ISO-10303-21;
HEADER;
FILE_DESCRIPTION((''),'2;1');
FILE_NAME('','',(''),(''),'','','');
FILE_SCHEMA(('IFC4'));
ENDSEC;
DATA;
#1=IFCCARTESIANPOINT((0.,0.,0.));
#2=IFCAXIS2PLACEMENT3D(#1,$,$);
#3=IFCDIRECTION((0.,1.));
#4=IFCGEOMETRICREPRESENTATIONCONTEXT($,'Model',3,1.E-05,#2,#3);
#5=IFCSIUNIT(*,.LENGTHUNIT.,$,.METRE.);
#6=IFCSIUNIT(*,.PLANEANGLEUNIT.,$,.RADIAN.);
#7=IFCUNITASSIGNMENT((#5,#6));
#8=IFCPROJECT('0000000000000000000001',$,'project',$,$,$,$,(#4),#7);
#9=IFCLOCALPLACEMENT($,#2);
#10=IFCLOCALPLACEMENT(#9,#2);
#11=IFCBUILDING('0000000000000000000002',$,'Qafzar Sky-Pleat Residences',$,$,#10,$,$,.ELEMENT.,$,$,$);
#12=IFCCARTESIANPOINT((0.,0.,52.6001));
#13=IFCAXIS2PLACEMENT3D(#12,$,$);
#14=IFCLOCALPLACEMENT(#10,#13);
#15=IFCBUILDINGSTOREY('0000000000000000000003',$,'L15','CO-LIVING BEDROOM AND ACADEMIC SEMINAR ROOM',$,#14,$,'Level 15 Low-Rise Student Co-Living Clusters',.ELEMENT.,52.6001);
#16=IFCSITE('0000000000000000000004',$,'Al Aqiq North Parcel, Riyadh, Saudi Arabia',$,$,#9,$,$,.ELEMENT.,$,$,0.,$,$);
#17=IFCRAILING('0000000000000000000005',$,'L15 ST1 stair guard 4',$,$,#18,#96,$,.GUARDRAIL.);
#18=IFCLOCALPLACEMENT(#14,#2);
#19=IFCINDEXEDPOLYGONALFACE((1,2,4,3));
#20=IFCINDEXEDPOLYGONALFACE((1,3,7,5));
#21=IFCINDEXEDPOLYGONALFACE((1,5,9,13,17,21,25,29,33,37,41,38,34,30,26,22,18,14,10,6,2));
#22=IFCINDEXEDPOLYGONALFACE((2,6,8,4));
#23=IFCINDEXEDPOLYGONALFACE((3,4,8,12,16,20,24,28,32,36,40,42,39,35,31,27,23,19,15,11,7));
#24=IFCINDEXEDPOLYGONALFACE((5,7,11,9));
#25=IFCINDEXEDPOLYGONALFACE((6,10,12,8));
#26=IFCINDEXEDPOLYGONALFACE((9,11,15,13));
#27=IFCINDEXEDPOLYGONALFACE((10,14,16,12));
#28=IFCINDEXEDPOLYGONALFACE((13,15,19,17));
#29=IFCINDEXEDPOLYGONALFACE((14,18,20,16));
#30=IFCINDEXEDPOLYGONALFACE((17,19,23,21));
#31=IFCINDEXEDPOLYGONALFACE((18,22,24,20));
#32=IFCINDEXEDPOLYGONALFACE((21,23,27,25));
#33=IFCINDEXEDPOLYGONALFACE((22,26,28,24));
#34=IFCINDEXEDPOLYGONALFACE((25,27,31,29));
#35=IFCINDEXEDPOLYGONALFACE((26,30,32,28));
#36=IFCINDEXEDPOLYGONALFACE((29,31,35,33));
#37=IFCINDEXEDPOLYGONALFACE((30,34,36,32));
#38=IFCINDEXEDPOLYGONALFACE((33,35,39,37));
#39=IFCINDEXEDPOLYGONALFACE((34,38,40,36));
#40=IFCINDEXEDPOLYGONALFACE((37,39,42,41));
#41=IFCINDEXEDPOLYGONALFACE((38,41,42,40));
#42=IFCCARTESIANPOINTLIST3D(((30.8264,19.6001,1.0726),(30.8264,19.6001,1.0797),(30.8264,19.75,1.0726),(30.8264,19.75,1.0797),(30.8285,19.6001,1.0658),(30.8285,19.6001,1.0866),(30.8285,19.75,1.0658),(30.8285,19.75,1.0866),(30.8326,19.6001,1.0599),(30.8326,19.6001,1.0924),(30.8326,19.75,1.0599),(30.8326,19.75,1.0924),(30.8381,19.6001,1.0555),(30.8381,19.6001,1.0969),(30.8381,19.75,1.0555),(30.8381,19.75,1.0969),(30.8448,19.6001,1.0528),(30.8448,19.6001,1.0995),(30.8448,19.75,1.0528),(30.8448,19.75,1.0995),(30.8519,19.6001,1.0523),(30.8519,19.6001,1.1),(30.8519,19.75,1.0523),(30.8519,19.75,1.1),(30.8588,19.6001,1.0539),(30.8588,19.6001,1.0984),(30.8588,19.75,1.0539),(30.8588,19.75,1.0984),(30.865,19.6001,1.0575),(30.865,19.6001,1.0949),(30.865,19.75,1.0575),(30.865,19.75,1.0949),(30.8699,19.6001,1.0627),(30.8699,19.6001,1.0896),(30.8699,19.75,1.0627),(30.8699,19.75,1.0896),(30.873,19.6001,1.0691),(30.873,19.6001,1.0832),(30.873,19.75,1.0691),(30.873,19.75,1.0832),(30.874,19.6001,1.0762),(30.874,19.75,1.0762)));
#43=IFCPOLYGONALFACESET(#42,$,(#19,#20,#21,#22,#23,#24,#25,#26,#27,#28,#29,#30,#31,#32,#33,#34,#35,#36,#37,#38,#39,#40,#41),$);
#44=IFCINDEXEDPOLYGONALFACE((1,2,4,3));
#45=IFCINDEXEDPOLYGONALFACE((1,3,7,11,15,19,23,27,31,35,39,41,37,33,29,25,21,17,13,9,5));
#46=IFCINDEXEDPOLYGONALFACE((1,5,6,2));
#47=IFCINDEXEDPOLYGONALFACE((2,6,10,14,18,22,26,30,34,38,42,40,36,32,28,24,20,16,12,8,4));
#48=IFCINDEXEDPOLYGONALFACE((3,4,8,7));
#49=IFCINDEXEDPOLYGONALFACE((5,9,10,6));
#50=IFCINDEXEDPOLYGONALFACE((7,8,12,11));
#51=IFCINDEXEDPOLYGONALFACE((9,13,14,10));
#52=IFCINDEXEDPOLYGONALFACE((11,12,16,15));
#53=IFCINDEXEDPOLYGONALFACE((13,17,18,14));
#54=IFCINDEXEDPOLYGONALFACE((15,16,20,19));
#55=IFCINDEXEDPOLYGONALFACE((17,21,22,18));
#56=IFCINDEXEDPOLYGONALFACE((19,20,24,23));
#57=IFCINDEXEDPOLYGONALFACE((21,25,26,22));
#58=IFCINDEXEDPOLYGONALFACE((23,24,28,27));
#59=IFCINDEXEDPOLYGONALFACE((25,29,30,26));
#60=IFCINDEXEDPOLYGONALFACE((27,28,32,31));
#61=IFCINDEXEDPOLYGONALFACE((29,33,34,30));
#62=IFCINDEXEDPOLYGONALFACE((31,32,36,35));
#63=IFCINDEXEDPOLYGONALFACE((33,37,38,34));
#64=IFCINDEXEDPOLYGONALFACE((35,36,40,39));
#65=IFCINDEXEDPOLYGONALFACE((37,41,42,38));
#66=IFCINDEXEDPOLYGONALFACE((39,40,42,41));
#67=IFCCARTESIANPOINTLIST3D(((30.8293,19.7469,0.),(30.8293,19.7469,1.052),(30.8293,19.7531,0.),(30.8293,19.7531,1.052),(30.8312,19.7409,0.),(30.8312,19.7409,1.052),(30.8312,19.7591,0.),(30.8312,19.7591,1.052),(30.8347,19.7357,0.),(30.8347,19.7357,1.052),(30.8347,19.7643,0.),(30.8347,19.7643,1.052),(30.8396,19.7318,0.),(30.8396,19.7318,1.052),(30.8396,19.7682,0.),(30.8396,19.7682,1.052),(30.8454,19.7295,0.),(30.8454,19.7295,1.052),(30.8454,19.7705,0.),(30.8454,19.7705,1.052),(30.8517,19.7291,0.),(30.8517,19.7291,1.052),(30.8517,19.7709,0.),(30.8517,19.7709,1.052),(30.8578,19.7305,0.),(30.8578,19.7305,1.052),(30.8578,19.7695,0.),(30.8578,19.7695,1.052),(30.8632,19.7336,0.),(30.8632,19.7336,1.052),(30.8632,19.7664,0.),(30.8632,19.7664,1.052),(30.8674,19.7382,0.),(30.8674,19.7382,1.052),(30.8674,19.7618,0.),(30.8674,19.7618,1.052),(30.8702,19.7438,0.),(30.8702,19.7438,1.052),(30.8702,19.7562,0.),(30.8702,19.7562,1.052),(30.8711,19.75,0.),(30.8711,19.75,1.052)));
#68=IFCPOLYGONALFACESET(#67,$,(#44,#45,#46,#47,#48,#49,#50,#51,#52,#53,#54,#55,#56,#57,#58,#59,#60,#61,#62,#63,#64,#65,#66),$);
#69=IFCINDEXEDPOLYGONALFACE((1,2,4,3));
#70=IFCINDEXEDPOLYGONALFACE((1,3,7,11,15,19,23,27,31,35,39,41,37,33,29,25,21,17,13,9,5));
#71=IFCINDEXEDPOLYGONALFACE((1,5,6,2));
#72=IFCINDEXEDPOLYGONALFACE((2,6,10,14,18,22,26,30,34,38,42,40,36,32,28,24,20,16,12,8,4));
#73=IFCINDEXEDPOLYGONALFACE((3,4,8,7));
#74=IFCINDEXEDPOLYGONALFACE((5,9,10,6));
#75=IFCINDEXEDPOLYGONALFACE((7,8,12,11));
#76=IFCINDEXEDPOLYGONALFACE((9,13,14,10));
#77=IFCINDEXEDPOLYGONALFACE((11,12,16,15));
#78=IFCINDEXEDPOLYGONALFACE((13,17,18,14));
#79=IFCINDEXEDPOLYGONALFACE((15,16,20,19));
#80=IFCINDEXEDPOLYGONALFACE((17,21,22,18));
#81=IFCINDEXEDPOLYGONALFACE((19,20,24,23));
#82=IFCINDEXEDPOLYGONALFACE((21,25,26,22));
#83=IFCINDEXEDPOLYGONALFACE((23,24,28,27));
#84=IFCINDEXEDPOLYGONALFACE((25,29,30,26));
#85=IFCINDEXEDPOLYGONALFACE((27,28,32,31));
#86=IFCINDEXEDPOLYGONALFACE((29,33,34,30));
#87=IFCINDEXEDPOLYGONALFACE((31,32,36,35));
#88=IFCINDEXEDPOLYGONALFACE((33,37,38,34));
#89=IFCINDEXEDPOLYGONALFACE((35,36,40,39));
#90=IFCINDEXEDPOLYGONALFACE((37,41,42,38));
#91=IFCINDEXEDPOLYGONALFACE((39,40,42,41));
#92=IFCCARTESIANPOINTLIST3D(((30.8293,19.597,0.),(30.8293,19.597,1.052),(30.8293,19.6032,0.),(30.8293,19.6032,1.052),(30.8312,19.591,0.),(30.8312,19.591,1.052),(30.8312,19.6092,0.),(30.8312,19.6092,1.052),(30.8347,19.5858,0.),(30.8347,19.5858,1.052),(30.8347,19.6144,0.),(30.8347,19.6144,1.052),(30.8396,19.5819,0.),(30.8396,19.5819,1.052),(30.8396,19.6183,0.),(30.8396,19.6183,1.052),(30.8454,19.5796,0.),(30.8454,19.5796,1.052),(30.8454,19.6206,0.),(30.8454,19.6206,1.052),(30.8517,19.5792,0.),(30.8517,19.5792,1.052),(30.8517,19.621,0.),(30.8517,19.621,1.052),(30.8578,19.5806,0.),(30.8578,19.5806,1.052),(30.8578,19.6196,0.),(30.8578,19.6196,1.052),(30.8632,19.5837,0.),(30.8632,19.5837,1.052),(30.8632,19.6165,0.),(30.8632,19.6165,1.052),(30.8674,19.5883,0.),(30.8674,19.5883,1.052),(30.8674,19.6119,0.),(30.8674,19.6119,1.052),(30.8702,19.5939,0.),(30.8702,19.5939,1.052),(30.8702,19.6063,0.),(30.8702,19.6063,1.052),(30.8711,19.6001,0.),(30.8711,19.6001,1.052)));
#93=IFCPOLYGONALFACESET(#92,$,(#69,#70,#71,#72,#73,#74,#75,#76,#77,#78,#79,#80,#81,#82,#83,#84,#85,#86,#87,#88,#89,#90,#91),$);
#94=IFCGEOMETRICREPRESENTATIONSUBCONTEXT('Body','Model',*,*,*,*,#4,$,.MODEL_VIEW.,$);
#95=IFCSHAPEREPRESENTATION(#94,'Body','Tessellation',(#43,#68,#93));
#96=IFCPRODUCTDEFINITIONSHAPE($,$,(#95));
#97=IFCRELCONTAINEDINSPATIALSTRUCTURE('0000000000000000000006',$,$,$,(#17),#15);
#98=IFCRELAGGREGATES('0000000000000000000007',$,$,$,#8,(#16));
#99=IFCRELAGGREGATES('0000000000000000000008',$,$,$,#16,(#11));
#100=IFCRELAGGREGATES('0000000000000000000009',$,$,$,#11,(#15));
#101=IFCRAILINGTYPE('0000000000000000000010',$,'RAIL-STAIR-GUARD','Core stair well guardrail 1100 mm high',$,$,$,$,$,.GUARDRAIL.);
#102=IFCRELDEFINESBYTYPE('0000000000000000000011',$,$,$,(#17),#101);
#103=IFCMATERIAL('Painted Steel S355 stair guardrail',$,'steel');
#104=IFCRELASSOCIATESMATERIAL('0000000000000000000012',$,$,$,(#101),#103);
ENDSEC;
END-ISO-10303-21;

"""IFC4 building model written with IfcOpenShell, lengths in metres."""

from ifc_helpers import new_model, si_unit, direction, frame, origin, origin_2d, place, context, subcontext, project, spatial, circle, extrude, source, transform, mapped, material, type_object, element, save


model = new_model("IFC4")

# Units and contexts
model_context = context("Model", 3, precision=1e-05, world=origin(), true_north=direction((0.0, 1.0)))
body_context = subcontext(model_context, "Body", "Model", "MODEL_VIEW")
ifc_project = project(units=[si_unit("LENGTHUNIT", "METRE"), si_unit("PLANEANGLEUNIT", "RADIAN")], contexts=[model_context])

# Site, building, storey
site_placement = place(None, origin())
site = spatial("IfcSite", under=ifc_project, at=site_placement, Name="Al Aqiq North Parcel, Riyadh, Saudi Arabia", CompositionType="ELEMENT", RefElevation=0.0)
building_placement = place(site_placement, origin())
building = spatial("IfcBuilding", under=site, at=building_placement, Name="Qafzar Sky-Pleat Residences", CompositionType="ELEMENT")
storey_placement = place(building_placement, frame((0.0, 0.0, 52.6001)))
storey = spatial("IfcBuildingStorey", under=building, at=storey_placement, Name="L15", Description="CO-LIVING BEDROOM AND ACADEMIC SEMINAR ROOM", LongName="Level 15 Low-Rise Student Co-Living Clusters", CompositionType="ELEMENT", Elevation=52.6001)

# Railing
ifc_material_1 = material(Name="Painted Steel S355 stair guardrail", Category="steel")
railing_type_1 = type_object("IfcRailingType", Name="RAIL-STAIR-GUARD", Description="Core stair well guardrail 1100 mm high", PredefinedType="GUARDRAIL", material=ifc_material_1)
shared_shape_1 = source(origin(), body_context, "Body", "SweptSolid", [
    extrude(circle(Radius=0.0239, at=origin_2d()), frame((0.0, 0.0, 1.0762), z_axis=(0.0, -1.0, 0.0), x_axis=(1.0, 0.0, 0.0)), (0.0, 0.0, 1.0), 0.1499),
    extrude(circle(Radius=0.021, at=origin_2d()), origin(), (0.0, 0.0, 1.0), 1.052),
    extrude(circle(Radius=0.021, at=origin_2d()), frame((0.0, -0.1499, 0.0)), (0.0, 0.0, 1.0), 1.052),
])
for number, where, name in (
    (1, (30.8501, 19.75, 0.0), "L15 ST1 stair guard 4"),
):
    element("IfcRailing", number, at=place(storey_placement, frame(where)), inside=storey, type_object=railing_type_1, Name=name, PredefinedType="GUARDRAIL", context=body_context, shape_type="MappedRepresentation", body=[
        mapped(shared_shape_1, transform((0.0, 0.0, 0.0), x_axis=(1.0, 0.0, 0.0), y_axis=(0.0, 1.0, 0.0), z_axis=(0.0, 0.0, 1.0), scale=1.0)),
    ])

save(model, "model.ifc")
